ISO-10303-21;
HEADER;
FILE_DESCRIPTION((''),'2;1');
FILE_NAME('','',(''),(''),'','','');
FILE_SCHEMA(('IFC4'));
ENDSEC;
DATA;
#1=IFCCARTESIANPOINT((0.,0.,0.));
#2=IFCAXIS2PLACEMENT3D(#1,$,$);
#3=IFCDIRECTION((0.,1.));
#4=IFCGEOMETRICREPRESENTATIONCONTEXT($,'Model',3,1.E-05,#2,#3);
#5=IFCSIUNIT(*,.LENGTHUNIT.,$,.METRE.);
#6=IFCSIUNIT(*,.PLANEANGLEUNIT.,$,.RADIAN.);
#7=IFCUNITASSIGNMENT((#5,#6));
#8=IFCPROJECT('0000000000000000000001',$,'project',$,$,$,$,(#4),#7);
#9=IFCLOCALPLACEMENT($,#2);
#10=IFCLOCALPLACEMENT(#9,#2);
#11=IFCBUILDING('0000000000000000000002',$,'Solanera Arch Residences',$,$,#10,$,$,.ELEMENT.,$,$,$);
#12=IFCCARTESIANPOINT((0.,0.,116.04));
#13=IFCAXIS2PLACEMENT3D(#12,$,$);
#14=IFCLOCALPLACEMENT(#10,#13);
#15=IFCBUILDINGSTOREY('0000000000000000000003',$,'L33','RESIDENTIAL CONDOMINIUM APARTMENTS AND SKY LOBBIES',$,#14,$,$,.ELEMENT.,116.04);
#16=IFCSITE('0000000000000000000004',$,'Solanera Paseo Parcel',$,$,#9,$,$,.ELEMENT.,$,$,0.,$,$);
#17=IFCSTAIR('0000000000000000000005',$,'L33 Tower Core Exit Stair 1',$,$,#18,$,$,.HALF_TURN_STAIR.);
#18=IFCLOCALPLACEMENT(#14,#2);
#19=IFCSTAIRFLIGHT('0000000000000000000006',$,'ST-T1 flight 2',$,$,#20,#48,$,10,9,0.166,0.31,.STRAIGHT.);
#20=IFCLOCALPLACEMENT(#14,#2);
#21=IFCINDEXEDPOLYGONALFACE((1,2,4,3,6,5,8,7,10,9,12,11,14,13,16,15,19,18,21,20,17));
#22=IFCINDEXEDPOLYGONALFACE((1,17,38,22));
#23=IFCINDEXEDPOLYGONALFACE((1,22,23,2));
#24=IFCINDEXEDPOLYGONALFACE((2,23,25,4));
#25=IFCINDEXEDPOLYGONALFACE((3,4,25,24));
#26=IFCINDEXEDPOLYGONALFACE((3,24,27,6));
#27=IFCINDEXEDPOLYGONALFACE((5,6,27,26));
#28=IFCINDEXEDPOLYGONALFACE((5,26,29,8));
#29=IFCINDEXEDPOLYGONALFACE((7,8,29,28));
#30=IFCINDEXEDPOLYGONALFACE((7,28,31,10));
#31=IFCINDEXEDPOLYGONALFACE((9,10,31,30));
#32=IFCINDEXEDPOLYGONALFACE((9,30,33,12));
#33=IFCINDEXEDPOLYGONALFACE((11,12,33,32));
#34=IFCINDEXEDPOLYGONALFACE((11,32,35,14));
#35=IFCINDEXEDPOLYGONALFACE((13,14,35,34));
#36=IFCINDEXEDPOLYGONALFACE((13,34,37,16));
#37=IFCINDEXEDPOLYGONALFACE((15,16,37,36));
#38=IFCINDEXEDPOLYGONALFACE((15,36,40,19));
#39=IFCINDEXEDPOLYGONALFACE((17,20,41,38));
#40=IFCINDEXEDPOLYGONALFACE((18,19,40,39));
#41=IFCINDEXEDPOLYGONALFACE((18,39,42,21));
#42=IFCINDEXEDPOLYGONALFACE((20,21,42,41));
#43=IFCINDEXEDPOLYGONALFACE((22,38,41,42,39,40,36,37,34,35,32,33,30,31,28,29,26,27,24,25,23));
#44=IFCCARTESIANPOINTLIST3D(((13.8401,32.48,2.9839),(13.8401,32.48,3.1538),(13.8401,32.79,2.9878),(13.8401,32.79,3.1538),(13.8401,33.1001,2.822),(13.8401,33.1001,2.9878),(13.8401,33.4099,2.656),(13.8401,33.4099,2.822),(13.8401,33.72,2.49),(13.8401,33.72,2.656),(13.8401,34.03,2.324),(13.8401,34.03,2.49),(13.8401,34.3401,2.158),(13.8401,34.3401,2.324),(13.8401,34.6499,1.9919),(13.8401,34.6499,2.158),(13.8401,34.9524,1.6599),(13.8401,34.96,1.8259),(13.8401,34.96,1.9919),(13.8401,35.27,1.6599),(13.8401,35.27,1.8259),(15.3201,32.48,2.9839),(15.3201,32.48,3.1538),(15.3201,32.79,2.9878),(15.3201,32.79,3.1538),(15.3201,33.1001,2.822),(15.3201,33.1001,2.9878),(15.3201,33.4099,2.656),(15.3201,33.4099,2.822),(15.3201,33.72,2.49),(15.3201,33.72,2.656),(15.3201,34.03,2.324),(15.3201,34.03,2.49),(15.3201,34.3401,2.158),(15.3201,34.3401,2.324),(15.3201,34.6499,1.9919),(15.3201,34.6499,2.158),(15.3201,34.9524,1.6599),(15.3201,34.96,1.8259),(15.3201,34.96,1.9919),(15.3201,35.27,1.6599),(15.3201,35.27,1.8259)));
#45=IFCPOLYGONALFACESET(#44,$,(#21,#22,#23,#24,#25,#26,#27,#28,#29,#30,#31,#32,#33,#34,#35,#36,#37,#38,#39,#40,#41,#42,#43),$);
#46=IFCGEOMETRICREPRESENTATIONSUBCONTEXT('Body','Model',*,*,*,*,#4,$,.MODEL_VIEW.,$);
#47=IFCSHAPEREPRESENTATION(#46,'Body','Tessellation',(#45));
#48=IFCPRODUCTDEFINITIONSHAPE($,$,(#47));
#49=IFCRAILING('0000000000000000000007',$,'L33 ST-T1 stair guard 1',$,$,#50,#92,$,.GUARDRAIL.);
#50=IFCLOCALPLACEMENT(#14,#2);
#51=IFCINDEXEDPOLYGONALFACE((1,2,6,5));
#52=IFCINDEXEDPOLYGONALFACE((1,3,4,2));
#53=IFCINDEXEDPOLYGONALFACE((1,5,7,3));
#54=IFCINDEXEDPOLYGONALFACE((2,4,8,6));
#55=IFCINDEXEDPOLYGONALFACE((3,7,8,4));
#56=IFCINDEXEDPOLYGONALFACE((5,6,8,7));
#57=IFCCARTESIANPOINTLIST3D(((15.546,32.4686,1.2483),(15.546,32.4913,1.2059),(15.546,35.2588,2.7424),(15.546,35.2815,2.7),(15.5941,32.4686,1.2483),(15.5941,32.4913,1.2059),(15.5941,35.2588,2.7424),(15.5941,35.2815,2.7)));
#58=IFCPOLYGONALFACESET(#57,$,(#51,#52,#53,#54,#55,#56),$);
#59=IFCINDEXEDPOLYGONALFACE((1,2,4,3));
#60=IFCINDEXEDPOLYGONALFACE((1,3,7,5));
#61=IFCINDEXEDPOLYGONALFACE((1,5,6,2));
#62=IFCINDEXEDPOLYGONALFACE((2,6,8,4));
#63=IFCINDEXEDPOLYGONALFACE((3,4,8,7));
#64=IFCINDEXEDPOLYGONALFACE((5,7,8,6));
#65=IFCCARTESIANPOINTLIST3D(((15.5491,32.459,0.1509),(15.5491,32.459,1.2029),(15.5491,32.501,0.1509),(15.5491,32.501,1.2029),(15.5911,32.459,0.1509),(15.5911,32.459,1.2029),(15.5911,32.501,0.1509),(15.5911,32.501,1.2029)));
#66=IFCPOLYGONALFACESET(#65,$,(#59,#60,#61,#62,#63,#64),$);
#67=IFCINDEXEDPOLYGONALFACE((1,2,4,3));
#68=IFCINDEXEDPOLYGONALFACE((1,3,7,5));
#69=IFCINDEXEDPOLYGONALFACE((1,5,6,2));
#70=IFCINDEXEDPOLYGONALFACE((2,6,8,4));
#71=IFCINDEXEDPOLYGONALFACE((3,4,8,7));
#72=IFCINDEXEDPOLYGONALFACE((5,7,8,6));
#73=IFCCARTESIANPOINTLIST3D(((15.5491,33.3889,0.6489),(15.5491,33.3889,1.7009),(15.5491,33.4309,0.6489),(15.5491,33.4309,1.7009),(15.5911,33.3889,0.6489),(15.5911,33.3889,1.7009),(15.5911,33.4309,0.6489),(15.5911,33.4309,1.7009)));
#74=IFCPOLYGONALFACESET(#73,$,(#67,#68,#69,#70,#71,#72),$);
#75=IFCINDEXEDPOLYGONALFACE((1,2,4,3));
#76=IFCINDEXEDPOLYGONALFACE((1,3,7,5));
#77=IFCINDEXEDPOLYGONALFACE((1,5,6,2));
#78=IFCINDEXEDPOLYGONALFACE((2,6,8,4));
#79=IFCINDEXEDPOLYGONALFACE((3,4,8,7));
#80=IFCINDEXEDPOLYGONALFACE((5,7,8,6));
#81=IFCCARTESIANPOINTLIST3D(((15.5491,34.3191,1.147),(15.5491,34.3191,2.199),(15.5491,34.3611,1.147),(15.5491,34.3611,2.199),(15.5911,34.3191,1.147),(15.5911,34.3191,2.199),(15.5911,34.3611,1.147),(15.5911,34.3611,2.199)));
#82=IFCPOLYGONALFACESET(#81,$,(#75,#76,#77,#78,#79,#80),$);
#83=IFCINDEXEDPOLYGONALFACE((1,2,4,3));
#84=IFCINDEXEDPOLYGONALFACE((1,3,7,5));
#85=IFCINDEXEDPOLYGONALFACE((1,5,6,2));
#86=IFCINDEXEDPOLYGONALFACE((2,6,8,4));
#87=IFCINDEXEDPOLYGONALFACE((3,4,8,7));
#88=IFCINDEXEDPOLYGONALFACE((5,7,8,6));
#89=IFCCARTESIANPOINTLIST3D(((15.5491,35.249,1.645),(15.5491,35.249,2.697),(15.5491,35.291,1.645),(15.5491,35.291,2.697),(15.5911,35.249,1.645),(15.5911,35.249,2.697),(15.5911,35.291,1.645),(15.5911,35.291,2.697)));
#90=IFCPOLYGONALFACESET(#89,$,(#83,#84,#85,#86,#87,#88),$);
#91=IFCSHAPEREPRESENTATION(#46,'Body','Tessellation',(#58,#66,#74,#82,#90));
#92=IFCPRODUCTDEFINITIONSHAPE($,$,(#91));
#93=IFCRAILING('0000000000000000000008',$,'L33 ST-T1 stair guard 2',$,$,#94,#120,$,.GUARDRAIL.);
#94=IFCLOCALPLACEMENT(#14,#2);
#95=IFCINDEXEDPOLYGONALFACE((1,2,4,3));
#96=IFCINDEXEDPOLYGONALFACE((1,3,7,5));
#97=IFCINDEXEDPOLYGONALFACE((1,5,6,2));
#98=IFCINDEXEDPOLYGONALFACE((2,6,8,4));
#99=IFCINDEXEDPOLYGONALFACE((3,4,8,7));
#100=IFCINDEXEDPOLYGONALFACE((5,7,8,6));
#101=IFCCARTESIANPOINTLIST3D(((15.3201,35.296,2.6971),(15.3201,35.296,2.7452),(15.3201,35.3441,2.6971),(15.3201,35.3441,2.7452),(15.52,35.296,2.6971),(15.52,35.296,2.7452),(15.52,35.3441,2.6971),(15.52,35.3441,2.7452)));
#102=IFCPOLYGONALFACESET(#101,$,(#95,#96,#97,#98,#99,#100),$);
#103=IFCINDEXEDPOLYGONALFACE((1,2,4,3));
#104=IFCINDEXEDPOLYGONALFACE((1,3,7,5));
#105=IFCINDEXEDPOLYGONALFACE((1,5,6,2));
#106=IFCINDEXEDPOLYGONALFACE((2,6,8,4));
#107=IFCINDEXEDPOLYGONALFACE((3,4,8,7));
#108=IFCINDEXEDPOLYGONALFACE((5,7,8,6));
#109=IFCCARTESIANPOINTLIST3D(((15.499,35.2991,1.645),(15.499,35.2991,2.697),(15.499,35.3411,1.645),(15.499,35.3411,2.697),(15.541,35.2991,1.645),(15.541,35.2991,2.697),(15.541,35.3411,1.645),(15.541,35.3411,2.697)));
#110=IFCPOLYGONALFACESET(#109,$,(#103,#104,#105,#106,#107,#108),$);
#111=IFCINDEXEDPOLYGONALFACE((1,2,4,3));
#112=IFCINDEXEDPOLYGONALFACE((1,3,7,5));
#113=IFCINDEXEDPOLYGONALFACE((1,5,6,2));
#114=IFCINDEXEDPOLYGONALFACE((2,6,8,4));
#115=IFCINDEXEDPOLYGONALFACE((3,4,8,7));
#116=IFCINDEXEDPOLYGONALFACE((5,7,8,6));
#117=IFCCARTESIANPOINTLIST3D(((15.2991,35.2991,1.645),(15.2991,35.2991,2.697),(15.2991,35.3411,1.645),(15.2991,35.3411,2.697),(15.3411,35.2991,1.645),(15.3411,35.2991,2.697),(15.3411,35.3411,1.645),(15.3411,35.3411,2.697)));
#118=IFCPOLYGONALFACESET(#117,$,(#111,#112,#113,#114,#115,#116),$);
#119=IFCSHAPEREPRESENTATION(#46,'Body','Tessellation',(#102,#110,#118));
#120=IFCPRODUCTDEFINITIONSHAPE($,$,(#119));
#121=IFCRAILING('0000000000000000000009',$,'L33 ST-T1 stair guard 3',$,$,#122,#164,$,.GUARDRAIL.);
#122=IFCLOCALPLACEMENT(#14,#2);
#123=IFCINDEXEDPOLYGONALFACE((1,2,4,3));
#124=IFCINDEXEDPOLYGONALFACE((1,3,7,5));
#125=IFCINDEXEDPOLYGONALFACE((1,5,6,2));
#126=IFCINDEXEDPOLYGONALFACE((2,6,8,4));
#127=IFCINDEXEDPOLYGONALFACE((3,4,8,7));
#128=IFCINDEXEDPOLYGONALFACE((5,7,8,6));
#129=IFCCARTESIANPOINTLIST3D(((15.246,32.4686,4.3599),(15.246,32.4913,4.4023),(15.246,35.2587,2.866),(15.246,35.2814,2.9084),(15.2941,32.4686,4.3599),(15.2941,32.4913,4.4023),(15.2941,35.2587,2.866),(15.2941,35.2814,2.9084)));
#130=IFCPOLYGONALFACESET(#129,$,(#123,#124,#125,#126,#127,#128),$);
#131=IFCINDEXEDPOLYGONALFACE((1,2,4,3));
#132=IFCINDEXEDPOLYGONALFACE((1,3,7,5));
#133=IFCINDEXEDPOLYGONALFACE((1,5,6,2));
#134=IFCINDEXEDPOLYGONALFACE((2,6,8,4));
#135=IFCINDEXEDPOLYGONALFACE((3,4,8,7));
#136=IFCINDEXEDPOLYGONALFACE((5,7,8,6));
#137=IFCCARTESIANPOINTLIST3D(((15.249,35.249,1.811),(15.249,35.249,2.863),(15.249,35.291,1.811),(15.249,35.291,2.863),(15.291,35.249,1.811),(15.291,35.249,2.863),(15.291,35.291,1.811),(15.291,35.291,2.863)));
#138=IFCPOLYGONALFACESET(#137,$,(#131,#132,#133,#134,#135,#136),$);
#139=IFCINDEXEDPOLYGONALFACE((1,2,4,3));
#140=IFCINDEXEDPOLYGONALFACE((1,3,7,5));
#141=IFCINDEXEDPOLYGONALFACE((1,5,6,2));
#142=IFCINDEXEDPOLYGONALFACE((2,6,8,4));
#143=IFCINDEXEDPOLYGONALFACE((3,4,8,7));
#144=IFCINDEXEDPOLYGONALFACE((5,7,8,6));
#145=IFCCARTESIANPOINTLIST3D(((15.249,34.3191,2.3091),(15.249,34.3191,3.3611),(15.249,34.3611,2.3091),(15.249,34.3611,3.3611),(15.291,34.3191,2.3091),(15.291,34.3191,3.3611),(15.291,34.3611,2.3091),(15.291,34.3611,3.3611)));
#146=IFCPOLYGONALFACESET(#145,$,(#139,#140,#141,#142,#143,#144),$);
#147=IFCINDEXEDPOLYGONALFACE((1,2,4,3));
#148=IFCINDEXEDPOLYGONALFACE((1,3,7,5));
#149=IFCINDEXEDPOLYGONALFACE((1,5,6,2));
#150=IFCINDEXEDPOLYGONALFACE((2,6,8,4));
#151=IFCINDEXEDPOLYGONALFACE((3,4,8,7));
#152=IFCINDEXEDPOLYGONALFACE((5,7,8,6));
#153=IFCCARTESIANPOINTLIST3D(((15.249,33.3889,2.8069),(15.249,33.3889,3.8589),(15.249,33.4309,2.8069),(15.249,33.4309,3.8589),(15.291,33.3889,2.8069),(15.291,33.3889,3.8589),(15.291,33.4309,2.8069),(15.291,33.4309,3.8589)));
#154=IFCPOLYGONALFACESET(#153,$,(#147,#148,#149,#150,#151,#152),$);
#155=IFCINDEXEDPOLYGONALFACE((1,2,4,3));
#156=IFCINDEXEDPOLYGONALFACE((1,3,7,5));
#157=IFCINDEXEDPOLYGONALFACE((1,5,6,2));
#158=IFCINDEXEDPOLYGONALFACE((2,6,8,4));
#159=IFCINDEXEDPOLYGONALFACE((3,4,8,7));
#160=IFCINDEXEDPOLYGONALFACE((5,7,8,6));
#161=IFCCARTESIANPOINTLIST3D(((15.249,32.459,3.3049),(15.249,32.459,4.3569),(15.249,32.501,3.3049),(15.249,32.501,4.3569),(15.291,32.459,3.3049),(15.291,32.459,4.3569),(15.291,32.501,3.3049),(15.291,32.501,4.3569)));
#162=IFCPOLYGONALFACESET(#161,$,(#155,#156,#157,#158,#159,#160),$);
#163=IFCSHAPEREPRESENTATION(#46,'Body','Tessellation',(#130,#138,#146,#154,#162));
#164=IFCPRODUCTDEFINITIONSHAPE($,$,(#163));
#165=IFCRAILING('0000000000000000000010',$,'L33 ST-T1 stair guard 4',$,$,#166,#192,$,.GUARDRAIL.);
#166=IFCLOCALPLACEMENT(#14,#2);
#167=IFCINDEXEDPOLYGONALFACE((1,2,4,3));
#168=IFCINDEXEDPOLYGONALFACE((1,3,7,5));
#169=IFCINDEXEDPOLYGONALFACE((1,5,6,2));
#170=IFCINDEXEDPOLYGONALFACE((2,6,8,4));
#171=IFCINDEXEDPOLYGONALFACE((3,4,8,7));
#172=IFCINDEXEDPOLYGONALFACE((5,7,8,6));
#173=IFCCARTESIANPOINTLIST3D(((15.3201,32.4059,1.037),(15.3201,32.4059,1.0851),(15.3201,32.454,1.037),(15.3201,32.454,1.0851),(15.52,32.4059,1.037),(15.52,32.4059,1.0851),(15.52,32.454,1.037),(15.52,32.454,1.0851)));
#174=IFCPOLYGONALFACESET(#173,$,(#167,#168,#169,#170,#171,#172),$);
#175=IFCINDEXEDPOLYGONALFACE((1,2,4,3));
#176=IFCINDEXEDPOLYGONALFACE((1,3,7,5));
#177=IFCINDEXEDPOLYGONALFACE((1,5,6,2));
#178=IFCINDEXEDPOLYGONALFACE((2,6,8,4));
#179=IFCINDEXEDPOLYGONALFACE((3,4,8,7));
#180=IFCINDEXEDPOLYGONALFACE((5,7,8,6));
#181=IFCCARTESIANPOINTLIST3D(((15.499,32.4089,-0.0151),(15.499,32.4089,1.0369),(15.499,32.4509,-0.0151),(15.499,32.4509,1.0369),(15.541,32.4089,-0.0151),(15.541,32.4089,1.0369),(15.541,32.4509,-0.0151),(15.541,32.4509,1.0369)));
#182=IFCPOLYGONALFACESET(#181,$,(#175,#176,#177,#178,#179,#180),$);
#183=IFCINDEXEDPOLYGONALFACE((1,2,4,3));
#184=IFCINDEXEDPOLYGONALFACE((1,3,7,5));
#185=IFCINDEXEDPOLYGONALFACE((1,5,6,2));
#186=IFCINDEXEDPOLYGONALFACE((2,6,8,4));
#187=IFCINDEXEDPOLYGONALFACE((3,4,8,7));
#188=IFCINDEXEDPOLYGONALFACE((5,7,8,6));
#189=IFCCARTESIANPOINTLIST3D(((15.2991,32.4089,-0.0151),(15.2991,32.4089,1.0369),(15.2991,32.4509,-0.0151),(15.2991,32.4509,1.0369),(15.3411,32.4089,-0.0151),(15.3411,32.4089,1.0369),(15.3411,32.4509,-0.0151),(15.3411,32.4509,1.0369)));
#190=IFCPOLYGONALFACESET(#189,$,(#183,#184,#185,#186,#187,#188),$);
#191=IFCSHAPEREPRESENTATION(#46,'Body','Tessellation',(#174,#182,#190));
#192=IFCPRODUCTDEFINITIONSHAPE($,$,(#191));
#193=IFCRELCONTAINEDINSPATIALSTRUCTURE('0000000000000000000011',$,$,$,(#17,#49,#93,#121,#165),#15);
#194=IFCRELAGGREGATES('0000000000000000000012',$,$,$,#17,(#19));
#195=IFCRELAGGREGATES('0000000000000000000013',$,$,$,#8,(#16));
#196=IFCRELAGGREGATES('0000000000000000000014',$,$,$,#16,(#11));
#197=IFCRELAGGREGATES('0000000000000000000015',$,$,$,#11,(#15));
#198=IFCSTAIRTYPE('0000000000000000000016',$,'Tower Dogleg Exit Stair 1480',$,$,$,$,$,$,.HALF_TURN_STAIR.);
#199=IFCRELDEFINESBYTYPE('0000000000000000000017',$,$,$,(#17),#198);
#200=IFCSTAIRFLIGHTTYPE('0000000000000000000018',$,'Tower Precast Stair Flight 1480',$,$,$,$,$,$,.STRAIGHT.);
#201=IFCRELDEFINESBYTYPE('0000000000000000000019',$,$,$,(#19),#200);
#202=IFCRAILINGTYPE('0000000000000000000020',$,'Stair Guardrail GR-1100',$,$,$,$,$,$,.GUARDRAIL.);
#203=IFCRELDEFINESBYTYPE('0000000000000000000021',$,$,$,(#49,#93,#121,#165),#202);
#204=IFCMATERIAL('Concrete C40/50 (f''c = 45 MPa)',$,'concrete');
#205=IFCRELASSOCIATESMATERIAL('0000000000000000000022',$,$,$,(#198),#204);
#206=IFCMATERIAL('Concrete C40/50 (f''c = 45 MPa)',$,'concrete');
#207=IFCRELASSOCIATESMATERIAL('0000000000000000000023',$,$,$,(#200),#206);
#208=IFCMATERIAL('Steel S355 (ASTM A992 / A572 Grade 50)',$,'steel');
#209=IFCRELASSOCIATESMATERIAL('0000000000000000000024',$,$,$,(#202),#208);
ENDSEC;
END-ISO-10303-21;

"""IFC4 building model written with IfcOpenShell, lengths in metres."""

from ifc_helpers import new_model, si_unit, direction, frame, origin, origin_2d, place, context, subcontext, project, spatial, polyline, rectangle, outline, extrude, material, type_object, element, aggregate, save


model = new_model("IFC4")

# Units and contexts
model_context = context("Model", 3, precision=1e-05, world=origin(), true_north=direction((0.0, 1.0)))
body_context = subcontext(model_context, "Body", "Model", "MODEL_VIEW")
ifc_project = project(units=[si_unit("LENGTHUNIT", "METRE"), si_unit("PLANEANGLEUNIT", "RADIAN")], contexts=[model_context])

# Site, building, storey
site_placement = place(None, origin())
site = spatial("IfcSite", under=ifc_project, at=site_placement, Name="Solanera Paseo Parcel", CompositionType="ELEMENT", RefElevation=0.0)
building_placement = place(site_placement, origin())
building = spatial("IfcBuilding", under=site, at=building_placement, Name="Solanera Arch Residences", CompositionType="ELEMENT")
storey_placement = place(building_placement, frame((0.0, 0.0, 116.04)))
storey = spatial("IfcBuildingStorey", under=building, at=storey_placement, Name="L33", Description="RESIDENTIAL CONDOMINIUM APARTMENTS AND SKY LOBBIES", CompositionType="ELEMENT", Elevation=116.04)

# Stair, stair flight
ifc_material_1 = material(Name="Concrete C40/50 (f'c = 45 MPa)", Category="concrete")
stair_type = type_object("IfcStairType", Name="Tower Dogleg Exit Stair 1480", PredefinedType="HALF_TURN_STAIR", material=ifc_material_1)
stair_placement = place(storey_placement, origin())
stair = element("IfcStair", 1, at=stair_placement, inside=storey, type_object=stair_type, Name="L33 Tower Core Exit Stair 1", PredefinedType="HALF_TURN_STAIR")
ifc_material_2 = material(Name="Concrete C40/50 (f'c = 45 MPa)", Category="concrete")
stair_flight_type = type_object("IfcStairFlightType", Name="Tower Precast Stair Flight 1480", PredefinedType="STRAIGHT", material=ifc_material_2)
stair_flight_1_placement = place(storey_placement, frame((14.5801, 35.27, 1.6599), z_axis=(0.0, 0.0, 1.0), x_axis=(0.0, -1.0, 0.0)))
stair_flight_1 = element("IfcStairFlight", 2, at=stair_flight_1_placement, type_object=stair_flight_type, Name="ST-T1 flight 2", NumberOfRisers=10, NumberOfTreads=9, PredefinedType="STRAIGHT", RiserHeight=0.166, TreadLength=0.31, context=body_context, shape_type="SweptSolid", body=[
    extrude(outline(polyline([(0.0, 0.0), (0.0, 0.166), (0.3101, 0.166), (0.3101, 0.332), (0.6201, 0.332), (0.6201, 0.498), (0.9299, 0.498), (0.9299, 0.6641), (1.24, 0.6641), (1.24, 0.8301), (1.55, 0.8301), (1.55, 0.9961), (1.8601, 0.9961), (1.8601, 1.1621), (2.1699, 1.1621), (2.1699, 1.3279), (2.48, 1.3279), (2.48, 1.4939), (2.79, 1.4939), (2.79, 1.6599), (2.79, 1.324), (0.3176, 0.0), (0.0, 0.0)])), frame((0.0, 0.74, 0.0), z_axis=(0.0, -1.0, 0.0), x_axis=(1.0, 0.0, 0.0)), (0.0, 0.0, 1.0), 1.48),
])
aggregate(stair, [stair_flight_1])

# Railings
ifc_material_3 = material(Name="Steel S355 (ASTM A992 / A572 Grade 50)", Category="steel")
railing_type_1 = type_object("IfcRailingType", Name="Stair Guardrail GR-1100", PredefinedType="GUARDRAIL", material=ifc_material_3)
railing_1_placement = place(storey_placement, frame((15.5701, 32.48, 0.1509)))
element("IfcRailing", 3, at=railing_1_placement, inside=storey, type_object=railing_type_1, Name="L33 ST-T1 stair guard 1", PredefinedType="GUARDRAIL", context=body_context, shape_type="SweptSolid", body=[
    extrude(rectangle(XDim=0.0481, YDim=0.0481, at=origin_2d()), frame((0.0, 0.0, 1.0762), z_axis=(0.0, 0.881549, 0.472093), x_axis=(-1.0, 0.0, 0.0)), (0.0, 0.0, 1.0), 3.165),
    extrude(rectangle(XDim=0.042, YDim=0.042, at=origin_2d()), origin(), (0.0, 0.0, 1.0), 1.052),
    extrude(rectangle(XDim=0.042, YDim=0.042, at=origin_2d()), frame((0.0, 0.9299, 0.498)), (0.0, 0.0, 1.0), 1.052),
    extrude(rectangle(XDim=0.042, YDim=0.042, at=origin_2d()), frame((0.0, 1.8601, 0.9961)), (0.0, 0.0, 1.0), 1.052),
    extrude(rectangle(XDim=0.042, YDim=0.042, at=origin_2d()), frame((0.0, 2.79, 1.4941)), (0.0, 0.0, 1.0), 1.052),
])
railing_2_placement = place(storey_placement, frame((15.52, 35.3201, 1.645)))
element("IfcRailing", 4, at=railing_2_placement, inside=storey, type_object=railing_type_1, Name="L33 ST-T1 stair guard 2", PredefinedType="GUARDRAIL", context=body_context, shape_type="SweptSolid", body=[
    extrude(rectangle(XDim=0.0481, YDim=0.0481, at=origin_2d()), frame((0.0, 0.0, 1.0762), z_axis=(-1.0, 0.0, 0.0), x_axis=(0.0, -1.0, 0.0)), (0.0, 0.0, 1.0), 0.2),
    extrude(rectangle(XDim=0.042, YDim=0.042, at=origin_2d()), origin(), (0.0, 0.0, 1.0), 1.052),
    extrude(rectangle(XDim=0.042, YDim=0.042, at=origin_2d()), frame((-0.2, 0.0, 0.0)), (0.0, 0.0, 1.0), 1.052),
])
railing_3_placement = place(storey_placement, frame((15.27, 35.27, 1.811)))
element("IfcRailing", 5, at=railing_3_placement, inside=storey, type_object=railing_type_1, Name="L33 ST-T1 stair guard 3", PredefinedType="GUARDRAIL", context=body_context, shape_type="SweptSolid", body=[
    extrude(rectangle(XDim=0.0481, YDim=0.0481, at=origin_2d()), frame((0.0, 0.0, 1.0762), z_axis=(0.0, -0.881581, 0.472033), x_axis=(1.0, 0.0, 0.0)), (0.0, 0.0, 1.0), 3.1648),
    extrude(rectangle(XDim=0.042, YDim=0.042, at=origin_2d()), origin(), (0.0, 0.0, 1.0), 1.052),
    extrude(rectangle(XDim=0.042, YDim=0.042, at=origin_2d()), frame((0.0, -0.9299, 0.498)), (0.0, 0.0, 1.0), 1.052),
    extrude(rectangle(XDim=0.042, YDim=0.042, at=origin_2d()), frame((0.0, -1.8601, 0.9958)), (0.0, 0.0, 1.0), 1.052),
    extrude(rectangle(XDim=0.042, YDim=0.042, at=origin_2d()), frame((0.0, -2.79, 1.4939)), (0.0, 0.0, 1.0), 1.052),
])
railing_4_placement = place(storey_placement, frame((15.52, 32.4299, -0.0151)))
element("IfcRailing", 6, at=railing_4_placement, inside=storey, type_object=railing_type_1, Name="L33 ST-T1 stair guard 4", PredefinedType="GUARDRAIL", context=body_context, shape_type="SweptSolid", body=[
    extrude(rectangle(XDim=0.0481, YDim=0.0481, at=origin_2d()), frame((0.0, 0.0, 1.0762), z_axis=(-1.0, 0.0, 0.0), x_axis=(0.0, -1.0, 0.0)), (0.0, 0.0, 1.0), 0.2),
    extrude(rectangle(XDim=0.042, YDim=0.042, at=origin_2d()), origin(), (0.0, 0.0, 1.0), 1.052),
    extrude(rectangle(XDim=0.042, YDim=0.042, at=origin_2d()), frame((-0.2, 0.0, 0.0)), (0.0, 0.0, 1.0), 1.052),
])

save(model, "model.ifc")
